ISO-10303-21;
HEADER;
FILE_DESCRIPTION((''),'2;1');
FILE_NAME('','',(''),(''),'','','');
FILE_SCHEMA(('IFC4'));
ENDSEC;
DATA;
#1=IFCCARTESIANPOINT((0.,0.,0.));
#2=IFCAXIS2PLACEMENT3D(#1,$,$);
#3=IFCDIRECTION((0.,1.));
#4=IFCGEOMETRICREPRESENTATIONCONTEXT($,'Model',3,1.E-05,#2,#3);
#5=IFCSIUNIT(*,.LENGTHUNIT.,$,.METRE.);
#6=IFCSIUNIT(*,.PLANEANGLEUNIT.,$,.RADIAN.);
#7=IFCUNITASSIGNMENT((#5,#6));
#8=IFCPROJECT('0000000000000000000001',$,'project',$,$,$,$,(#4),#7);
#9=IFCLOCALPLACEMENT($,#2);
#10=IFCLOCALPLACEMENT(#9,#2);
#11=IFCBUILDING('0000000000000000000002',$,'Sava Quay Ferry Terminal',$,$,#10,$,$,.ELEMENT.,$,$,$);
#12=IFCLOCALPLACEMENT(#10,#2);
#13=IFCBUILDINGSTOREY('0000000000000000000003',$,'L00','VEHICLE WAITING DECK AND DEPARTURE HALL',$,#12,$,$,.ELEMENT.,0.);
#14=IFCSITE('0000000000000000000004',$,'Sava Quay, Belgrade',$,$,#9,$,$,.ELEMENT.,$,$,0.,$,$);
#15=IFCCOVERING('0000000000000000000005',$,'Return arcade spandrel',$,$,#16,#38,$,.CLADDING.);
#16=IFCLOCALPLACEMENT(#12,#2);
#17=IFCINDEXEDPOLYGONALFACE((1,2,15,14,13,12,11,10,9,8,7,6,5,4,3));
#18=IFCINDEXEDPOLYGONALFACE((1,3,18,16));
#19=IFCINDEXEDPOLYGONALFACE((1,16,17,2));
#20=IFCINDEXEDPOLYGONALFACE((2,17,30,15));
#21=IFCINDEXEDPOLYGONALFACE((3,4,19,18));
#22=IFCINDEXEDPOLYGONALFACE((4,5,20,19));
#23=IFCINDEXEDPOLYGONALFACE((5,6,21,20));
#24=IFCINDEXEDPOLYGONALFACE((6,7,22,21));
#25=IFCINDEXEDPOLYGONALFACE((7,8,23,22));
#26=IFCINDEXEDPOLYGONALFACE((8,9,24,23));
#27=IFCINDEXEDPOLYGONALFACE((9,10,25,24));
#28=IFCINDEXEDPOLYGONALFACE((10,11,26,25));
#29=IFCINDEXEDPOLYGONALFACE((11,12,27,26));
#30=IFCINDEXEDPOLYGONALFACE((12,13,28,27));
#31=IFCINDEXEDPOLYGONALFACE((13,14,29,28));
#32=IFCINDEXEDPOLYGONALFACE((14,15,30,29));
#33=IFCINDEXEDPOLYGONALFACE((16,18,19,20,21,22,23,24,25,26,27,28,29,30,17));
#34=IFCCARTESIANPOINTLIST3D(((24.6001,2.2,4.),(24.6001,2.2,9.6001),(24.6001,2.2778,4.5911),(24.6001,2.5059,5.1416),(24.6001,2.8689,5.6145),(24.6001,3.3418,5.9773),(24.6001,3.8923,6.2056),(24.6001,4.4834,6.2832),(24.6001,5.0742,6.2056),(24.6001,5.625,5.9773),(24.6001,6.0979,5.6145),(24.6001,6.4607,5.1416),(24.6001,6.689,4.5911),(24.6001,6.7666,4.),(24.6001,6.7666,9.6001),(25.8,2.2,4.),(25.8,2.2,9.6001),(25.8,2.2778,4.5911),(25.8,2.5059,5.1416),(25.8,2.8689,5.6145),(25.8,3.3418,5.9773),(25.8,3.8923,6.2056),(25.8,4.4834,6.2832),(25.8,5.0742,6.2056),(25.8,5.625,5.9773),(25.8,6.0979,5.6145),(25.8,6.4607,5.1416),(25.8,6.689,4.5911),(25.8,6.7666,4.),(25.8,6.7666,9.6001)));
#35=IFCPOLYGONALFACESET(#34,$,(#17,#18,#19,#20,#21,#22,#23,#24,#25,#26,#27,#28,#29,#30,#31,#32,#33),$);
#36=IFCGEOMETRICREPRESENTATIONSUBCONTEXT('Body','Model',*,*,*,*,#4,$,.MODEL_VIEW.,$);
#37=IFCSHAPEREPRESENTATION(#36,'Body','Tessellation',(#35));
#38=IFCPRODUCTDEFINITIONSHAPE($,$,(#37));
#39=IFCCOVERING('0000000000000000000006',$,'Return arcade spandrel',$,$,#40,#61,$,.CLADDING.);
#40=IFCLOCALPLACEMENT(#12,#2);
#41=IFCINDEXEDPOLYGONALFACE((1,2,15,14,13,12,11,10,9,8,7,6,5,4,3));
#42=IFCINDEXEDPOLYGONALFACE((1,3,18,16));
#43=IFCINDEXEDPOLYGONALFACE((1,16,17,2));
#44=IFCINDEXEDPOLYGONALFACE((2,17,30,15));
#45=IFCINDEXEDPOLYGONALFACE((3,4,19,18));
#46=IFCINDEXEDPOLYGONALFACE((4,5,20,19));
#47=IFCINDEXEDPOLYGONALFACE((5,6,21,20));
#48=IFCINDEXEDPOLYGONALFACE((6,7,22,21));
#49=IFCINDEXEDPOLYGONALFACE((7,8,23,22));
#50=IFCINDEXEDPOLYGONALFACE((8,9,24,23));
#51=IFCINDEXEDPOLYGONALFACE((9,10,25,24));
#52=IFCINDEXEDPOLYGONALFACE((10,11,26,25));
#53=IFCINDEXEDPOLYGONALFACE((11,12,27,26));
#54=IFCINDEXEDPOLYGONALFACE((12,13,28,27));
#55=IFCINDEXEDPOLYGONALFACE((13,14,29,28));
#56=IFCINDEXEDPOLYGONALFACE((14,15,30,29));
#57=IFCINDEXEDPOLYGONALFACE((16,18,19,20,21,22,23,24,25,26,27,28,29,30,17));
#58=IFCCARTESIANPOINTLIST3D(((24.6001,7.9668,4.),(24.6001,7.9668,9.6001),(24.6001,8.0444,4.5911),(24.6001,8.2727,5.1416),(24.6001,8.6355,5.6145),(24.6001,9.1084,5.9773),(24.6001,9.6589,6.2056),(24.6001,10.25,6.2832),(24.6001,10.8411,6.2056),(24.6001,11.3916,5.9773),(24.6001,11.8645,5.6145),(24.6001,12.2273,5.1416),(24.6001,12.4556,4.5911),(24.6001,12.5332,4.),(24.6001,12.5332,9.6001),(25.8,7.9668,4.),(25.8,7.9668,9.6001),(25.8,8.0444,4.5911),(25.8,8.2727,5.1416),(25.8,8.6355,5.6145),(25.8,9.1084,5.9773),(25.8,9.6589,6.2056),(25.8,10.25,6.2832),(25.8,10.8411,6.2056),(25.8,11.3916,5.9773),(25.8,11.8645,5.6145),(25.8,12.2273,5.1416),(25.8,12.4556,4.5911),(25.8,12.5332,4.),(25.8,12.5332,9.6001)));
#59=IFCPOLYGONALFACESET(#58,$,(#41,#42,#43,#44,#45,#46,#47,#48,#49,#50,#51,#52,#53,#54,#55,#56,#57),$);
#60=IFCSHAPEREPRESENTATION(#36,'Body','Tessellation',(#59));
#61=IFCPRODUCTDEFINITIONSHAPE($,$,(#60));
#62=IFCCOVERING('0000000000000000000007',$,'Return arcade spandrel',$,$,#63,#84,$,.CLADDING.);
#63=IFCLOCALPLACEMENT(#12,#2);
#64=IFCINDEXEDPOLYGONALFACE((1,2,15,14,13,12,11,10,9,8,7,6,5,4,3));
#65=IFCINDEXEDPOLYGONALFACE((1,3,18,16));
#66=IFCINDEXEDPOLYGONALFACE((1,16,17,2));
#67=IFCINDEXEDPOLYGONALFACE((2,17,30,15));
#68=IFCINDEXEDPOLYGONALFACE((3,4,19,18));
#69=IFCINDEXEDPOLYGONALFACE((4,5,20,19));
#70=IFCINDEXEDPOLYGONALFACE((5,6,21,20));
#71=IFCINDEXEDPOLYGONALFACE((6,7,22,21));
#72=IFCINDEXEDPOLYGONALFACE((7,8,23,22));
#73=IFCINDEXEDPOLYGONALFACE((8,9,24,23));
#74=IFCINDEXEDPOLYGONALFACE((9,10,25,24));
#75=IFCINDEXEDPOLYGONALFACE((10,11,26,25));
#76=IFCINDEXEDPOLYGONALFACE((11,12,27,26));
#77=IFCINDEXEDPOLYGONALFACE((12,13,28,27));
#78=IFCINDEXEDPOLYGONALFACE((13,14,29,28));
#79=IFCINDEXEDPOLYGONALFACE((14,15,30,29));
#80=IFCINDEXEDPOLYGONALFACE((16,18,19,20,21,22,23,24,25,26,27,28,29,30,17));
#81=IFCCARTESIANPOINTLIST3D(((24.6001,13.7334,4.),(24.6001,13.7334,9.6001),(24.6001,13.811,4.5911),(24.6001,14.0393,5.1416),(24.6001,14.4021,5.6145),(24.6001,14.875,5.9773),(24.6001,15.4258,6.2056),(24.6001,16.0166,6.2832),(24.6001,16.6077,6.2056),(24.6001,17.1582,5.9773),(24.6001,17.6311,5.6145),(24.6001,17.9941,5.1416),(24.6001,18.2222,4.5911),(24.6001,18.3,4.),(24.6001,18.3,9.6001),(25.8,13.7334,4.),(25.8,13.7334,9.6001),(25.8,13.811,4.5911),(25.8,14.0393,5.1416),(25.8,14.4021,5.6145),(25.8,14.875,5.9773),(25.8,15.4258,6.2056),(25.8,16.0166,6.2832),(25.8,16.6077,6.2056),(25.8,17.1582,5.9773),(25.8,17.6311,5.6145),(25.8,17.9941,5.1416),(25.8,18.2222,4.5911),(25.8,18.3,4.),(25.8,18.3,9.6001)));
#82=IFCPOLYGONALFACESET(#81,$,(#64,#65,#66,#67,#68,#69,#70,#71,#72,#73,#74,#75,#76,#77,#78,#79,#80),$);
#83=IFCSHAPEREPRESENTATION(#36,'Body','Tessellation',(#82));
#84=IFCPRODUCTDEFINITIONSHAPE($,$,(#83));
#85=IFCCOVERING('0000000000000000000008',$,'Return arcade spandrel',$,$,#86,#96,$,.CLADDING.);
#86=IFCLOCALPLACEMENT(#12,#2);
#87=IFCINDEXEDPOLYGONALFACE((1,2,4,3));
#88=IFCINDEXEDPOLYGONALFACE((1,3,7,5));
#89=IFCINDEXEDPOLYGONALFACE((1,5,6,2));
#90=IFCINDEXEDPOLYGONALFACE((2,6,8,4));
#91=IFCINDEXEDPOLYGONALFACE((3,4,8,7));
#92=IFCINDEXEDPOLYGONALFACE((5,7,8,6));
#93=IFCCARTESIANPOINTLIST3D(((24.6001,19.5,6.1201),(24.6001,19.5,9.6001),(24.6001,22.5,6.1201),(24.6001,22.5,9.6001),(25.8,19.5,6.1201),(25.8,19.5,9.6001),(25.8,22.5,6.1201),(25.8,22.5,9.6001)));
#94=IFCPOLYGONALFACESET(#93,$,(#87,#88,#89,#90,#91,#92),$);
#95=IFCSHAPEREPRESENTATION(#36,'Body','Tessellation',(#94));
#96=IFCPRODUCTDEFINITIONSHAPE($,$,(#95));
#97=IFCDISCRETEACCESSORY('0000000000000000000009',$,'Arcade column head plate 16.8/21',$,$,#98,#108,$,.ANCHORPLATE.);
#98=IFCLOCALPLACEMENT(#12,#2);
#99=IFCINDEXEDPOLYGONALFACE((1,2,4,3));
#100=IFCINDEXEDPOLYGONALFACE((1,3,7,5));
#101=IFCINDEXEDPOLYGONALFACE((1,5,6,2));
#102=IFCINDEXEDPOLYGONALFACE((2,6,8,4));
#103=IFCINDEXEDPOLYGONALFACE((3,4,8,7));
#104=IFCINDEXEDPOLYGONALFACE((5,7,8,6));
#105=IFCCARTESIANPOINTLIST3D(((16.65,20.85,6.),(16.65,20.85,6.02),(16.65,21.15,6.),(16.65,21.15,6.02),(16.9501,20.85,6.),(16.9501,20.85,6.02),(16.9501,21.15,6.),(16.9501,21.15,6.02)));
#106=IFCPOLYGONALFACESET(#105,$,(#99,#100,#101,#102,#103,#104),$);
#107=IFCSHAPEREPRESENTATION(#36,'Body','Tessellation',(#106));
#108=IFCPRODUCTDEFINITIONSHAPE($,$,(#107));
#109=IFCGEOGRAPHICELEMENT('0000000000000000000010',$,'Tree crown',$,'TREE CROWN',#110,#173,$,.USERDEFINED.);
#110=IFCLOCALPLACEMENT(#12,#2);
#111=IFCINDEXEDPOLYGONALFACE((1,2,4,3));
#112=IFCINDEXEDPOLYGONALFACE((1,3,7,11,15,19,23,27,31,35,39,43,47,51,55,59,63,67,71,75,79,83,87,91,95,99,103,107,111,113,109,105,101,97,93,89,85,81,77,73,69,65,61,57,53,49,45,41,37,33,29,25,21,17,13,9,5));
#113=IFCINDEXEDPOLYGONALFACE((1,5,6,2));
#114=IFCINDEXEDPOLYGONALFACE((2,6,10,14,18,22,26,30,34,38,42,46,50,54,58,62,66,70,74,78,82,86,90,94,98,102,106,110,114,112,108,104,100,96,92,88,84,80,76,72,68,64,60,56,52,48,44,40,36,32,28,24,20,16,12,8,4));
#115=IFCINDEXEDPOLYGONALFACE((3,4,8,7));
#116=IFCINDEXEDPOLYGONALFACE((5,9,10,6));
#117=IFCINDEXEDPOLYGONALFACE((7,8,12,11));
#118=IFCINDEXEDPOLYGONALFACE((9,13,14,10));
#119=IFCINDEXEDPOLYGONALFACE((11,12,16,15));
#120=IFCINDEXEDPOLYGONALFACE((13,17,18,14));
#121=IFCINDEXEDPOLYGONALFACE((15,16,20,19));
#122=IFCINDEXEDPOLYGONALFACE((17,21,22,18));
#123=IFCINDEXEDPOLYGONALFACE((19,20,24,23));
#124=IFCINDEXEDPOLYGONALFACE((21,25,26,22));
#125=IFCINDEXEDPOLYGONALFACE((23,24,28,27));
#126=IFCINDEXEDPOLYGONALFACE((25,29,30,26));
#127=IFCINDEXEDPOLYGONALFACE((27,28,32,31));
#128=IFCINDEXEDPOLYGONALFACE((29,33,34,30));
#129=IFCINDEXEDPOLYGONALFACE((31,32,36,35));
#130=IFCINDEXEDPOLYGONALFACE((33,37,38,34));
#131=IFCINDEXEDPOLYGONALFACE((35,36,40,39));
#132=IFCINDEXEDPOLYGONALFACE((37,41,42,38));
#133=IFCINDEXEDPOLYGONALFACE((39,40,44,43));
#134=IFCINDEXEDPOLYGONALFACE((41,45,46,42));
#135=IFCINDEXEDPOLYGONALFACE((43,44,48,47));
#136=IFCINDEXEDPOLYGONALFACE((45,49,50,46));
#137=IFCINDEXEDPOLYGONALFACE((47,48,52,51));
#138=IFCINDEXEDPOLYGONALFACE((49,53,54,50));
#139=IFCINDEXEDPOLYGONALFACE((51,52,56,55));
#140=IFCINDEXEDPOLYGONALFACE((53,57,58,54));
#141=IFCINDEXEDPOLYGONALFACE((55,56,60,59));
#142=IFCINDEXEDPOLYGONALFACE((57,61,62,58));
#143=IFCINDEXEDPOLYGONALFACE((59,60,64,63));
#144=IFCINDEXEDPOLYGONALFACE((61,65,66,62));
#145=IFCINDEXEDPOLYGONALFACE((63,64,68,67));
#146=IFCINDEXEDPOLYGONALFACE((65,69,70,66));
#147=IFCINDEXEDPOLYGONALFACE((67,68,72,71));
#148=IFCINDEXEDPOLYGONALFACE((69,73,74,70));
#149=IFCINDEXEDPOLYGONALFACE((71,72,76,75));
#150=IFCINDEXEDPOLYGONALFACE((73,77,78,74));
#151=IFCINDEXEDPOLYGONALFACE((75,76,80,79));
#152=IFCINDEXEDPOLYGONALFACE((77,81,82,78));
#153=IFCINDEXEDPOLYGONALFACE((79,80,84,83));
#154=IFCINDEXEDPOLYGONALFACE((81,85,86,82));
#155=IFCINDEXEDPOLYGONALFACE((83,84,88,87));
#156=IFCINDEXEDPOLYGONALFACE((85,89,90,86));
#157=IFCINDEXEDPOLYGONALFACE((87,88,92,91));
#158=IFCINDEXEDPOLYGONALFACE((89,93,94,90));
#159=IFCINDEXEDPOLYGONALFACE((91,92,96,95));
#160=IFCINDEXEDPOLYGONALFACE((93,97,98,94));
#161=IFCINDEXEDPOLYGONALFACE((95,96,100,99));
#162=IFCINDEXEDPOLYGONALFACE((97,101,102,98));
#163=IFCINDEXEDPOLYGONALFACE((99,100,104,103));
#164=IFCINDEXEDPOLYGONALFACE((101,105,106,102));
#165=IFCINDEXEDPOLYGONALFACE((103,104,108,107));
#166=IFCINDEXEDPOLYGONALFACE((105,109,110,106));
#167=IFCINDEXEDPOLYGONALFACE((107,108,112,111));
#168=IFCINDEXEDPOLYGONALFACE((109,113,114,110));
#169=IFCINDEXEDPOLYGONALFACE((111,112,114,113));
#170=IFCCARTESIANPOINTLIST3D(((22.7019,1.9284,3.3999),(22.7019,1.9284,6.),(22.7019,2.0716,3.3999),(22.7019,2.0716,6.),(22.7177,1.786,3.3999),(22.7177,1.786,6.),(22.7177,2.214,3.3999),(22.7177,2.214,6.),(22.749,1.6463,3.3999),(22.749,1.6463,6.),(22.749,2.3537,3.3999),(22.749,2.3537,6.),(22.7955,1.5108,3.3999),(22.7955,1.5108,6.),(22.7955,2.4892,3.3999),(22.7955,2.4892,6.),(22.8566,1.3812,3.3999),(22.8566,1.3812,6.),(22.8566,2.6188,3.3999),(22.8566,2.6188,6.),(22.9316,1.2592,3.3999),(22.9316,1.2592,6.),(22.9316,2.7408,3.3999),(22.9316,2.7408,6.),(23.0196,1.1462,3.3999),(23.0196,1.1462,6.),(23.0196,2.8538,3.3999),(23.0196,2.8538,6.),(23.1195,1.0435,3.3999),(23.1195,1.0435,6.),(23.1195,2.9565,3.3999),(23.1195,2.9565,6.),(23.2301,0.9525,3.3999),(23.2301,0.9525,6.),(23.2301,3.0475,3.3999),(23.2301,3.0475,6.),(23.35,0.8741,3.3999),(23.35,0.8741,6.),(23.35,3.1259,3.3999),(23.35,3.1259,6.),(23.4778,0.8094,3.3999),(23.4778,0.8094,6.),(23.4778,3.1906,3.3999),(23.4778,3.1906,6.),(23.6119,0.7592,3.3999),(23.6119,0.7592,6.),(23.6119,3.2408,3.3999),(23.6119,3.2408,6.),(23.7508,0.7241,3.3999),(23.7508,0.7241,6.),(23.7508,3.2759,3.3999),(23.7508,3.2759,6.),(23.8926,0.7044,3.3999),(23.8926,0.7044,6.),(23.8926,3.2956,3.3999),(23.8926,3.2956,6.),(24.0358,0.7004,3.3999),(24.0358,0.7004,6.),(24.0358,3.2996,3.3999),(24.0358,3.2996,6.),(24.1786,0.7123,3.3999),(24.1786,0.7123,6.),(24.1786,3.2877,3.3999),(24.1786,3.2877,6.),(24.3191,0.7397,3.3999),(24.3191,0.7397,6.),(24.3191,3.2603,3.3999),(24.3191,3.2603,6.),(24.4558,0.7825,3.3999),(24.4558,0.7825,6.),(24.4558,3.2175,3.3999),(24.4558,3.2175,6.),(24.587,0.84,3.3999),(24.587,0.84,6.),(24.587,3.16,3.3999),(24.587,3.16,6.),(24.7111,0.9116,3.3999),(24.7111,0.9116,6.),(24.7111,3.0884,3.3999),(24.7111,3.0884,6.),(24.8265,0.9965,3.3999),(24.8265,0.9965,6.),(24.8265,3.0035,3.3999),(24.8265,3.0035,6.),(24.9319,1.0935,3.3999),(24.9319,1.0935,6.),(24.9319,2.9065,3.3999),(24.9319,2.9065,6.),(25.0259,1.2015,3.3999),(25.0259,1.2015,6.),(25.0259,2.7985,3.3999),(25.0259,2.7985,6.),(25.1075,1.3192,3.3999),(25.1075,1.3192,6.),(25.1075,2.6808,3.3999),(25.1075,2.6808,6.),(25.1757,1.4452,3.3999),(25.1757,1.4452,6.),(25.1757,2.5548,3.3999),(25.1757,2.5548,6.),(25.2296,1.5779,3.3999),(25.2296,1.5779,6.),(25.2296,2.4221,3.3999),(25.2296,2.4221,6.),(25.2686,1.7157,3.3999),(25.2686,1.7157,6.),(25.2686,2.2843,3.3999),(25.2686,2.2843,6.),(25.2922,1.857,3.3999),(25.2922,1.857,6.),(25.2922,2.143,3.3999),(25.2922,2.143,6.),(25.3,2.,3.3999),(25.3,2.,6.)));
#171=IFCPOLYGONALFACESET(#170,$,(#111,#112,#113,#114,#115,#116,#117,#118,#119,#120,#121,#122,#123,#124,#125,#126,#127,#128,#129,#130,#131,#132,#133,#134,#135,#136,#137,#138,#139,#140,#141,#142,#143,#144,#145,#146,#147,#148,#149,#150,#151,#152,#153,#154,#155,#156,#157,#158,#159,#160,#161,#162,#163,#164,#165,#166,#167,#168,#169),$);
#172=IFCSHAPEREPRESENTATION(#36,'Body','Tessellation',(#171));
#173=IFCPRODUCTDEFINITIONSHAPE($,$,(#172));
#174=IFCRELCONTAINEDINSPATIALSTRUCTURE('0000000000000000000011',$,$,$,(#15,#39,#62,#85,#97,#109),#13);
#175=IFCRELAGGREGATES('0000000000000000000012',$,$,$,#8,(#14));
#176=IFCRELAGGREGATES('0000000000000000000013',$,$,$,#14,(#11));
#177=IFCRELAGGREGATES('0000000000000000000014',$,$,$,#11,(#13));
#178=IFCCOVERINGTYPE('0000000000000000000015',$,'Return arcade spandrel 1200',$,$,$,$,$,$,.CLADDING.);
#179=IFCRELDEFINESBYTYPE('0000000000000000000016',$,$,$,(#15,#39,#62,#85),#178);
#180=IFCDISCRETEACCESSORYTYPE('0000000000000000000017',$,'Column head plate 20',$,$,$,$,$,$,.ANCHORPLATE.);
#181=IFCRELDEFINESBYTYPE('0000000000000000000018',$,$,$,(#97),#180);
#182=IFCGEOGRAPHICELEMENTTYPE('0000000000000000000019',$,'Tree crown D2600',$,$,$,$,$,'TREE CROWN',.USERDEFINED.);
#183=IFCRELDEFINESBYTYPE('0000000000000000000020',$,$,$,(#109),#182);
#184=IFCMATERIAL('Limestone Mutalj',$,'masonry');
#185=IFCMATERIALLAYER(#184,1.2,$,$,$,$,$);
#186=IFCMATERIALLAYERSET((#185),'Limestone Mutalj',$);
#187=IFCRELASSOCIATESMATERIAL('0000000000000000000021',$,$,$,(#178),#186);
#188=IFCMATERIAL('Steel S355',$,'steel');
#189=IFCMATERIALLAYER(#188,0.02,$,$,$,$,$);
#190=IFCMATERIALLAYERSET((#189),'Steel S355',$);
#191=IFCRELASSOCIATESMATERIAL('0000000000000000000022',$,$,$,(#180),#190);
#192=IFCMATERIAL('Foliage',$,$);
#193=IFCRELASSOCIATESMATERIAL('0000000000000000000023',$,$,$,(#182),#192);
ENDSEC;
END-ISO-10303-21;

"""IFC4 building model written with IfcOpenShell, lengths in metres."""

from ifc_helpers import new_model, si_unit, direction, frame, origin, origin_2d, place, context, subcontext, project, spatial, polyline, rectangle, circle, outline, extrude, material, layer, layer_set, type_object, element, save


model = new_model("IFC4")

# Units and contexts
model_context = context("Model", 3, precision=1e-05, world=origin(), true_north=direction((0.0, 1.0)))
body_context = subcontext(model_context, "Body", "Model", "MODEL_VIEW")
ifc_project = project(units=[si_unit("LENGTHUNIT", "METRE"), si_unit("PLANEANGLEUNIT", "RADIAN")], contexts=[model_context])

# Site, building, storey
site_placement = place(None, origin())
site = spatial("IfcSite", under=ifc_project, at=site_placement, Name="Sava Quay, Belgrade", CompositionType="ELEMENT", RefElevation=0.0)
building_placement = place(site_placement, origin())
building = spatial("IfcBuilding", under=site, at=building_placement, Name="Sava Quay Ferry Terminal", CompositionType="ELEMENT")
storey_placement = place(building_placement, origin())
storey = spatial("IfcBuildingStorey", under=building, at=storey_placement, Name="L00", Description="VEHICLE WAITING DECK AND DEPARTURE HALL", CompositionType="ELEMENT", Elevation=0.0)

# Coverings
ifc_material_1 = material(Name="Limestone Mutalj", Category="masonry")
ifc_layer_1 = layer(ifc_material_1, 1.2)
ifc_layer_set_1 = layer_set([ifc_layer_1], Name="Limestone Mutalj")
covering_type_1 = type_object("IfcCoveringType", Name="Return arcade spandrel 1200", PredefinedType="CLADDING", material=ifc_layer_set_1)
covering_1_placement = place(storey_placement, frame((24.6001, 2.2, 4.0), z_axis=(-1.0, 0.0, 0.0), x_axis=(0.0, 0.0, 1.0)))
element("IfcCovering", 1, at=covering_1_placement, inside=storey, type_object=covering_type_1, Name="Return arcade spandrel", PredefinedType="CLADDING", context=body_context, shape_type="SweptSolid", body=[
    extrude(outline(polyline([(0.0, 0.0), (5.6001, 0.0), (5.6001, 4.5667), (0.0, 4.5667), (0.5911, 4.489), (1.1416, 4.2607), (1.6145, 3.8979), (1.9773, 3.425), (2.2056, 2.8743), (2.2832, 2.2834), (2.2056, 1.6924), (1.9773, 1.1418), (1.6145, 0.6689), (1.1416, 0.3059), (0.5911, 0.0779), (0.0, 0.0)])), origin(), (0.0, 0.0, -1.0), 1.2),
])
covering_2_placement = place(storey_placement, frame((24.6001, 7.9668, 4.0), z_axis=(-1.0, 0.0, 0.0), x_axis=(0.0, 0.0, 1.0)))
element("IfcCovering", 2, at=covering_2_placement, inside=storey, type_object=covering_type_1, Name="Return arcade spandrel", PredefinedType="CLADDING", context=body_context, shape_type="SweptSolid", body=[
    extrude(outline(polyline([(0.0, 0.0), (5.6001, 0.0), (5.6001, 4.5664), (0.0, 4.5664), (0.5911, 4.4888), (1.1416, 4.2605), (1.6145, 3.8977), (1.9773, 3.4248), (2.2056, 2.8743), (2.2832, 2.2832), (2.2056, 1.6921), (1.9773, 1.1416), (1.6145, 0.6687), (1.1416, 0.3059), (0.5911, 0.0776), (0.0, 0.0)])), origin(), (0.0, 0.0, -1.0), 1.2),
])
covering_3_placement = place(storey_placement, frame((24.6001, 13.7334, 4.0), z_axis=(-1.0, 0.0, 0.0), x_axis=(0.0, 0.0, 1.0)))
element("IfcCovering", 3, at=covering_3_placement, inside=storey, type_object=covering_type_1, Name="Return arcade spandrel", PredefinedType="CLADDING", context=body_context, shape_type="SweptSolid", body=[
    extrude(outline(polyline([(0.0, 0.0), (5.6001, 0.0), (5.6001, 4.5667), (0.0, 4.5667), (0.5911, 4.4888), (1.1416, 4.2607), (1.6145, 3.8977), (1.9773, 3.4248), (2.2056, 2.8743), (2.2832, 2.2832), (2.2056, 1.6924), (1.9773, 1.1416), (1.6145, 0.6687), (1.1416, 0.3059), (0.5911, 0.0776), (0.0, 0.0)])), origin(), (0.0, 0.0, -1.0), 1.2),
])
covering_4_placement = place(storey_placement, frame((24.6001, 19.5, 6.1201), z_axis=(-1.0, 0.0, 0.0), x_axis=(0.0, 0.0, 1.0)))
element("IfcCovering", 4, at=covering_4_placement, inside=storey, type_object=covering_type_1, Name="Return arcade spandrel", PredefinedType="CLADDING", context=body_context, shape_type="SweptSolid", body=[
    extrude(outline(polyline([(0.0, 0.0), (3.48, 0.0), (3.48, 3.0), (0.0, 3.0), (0.0, 0.0)])), origin(), (0.0, 0.0, -1.0), 1.2),
])

# Discrete accessory
ifc_material_2 = material(Name="Steel S355", Category="steel")
ifc_layer_2 = layer(ifc_material_2, 0.02)
ifc_layer_set_2 = layer_set([ifc_layer_2], Name="Steel S355")
discrete_accessory_type = type_object("IfcDiscreteAccessoryType", Name="Column head plate 20", PredefinedType="ANCHORPLATE", material=ifc_layer_set_2)
discrete_accessory_placement = place(storey_placement, frame((16.8, 21.0, 6.0), z_axis=(0.0, 0.0, 1.0), x_axis=(1.0, 0.0, 0.0)))
element("IfcDiscreteAccessory", 5, at=discrete_accessory_placement, inside=storey, type_object=discrete_accessory_type, Name="Arcade column head plate 16.8/21", PredefinedType="ANCHORPLATE", context=body_context, shape_type="SweptSolid", body=[
    extrude(rectangle(XDim=0.3, YDim=0.3, at=origin_2d()), origin(), (0.0, 0.0, 1.0), 0.02),
])

# Geographic element
ifc_material_3 = material(Name="Foliage")
geographic_element_type_1 = type_object("IfcGeographicElementType", Name="Tree crown D2600", ElementType="TREE CROWN", PredefinedType="USERDEFINED", material=ifc_material_3)
for number, where, z_axis, x_axis, name in (
    (6, (24.0, 2.0, 6.0), (0.0, 0.0, -1.0), (1.0, 0.0, 0.0), "Tree crown"),
):
    element("IfcGeographicElement", number, at=place(storey_placement, frame(where, z_axis=z_axis, x_axis=x_axis)), inside=storey, type_object=geographic_element_type_1, Name=name, ObjectType="TREE CROWN", PredefinedType="USERDEFINED", context=body_context, shape_type="SweptSolid", body=[
        extrude(circle(Radius=1.3, at=origin_2d()), origin(), (0.0, 0.0, 1.0), 2.6001),
    ])

save(model, "model.ifc")
